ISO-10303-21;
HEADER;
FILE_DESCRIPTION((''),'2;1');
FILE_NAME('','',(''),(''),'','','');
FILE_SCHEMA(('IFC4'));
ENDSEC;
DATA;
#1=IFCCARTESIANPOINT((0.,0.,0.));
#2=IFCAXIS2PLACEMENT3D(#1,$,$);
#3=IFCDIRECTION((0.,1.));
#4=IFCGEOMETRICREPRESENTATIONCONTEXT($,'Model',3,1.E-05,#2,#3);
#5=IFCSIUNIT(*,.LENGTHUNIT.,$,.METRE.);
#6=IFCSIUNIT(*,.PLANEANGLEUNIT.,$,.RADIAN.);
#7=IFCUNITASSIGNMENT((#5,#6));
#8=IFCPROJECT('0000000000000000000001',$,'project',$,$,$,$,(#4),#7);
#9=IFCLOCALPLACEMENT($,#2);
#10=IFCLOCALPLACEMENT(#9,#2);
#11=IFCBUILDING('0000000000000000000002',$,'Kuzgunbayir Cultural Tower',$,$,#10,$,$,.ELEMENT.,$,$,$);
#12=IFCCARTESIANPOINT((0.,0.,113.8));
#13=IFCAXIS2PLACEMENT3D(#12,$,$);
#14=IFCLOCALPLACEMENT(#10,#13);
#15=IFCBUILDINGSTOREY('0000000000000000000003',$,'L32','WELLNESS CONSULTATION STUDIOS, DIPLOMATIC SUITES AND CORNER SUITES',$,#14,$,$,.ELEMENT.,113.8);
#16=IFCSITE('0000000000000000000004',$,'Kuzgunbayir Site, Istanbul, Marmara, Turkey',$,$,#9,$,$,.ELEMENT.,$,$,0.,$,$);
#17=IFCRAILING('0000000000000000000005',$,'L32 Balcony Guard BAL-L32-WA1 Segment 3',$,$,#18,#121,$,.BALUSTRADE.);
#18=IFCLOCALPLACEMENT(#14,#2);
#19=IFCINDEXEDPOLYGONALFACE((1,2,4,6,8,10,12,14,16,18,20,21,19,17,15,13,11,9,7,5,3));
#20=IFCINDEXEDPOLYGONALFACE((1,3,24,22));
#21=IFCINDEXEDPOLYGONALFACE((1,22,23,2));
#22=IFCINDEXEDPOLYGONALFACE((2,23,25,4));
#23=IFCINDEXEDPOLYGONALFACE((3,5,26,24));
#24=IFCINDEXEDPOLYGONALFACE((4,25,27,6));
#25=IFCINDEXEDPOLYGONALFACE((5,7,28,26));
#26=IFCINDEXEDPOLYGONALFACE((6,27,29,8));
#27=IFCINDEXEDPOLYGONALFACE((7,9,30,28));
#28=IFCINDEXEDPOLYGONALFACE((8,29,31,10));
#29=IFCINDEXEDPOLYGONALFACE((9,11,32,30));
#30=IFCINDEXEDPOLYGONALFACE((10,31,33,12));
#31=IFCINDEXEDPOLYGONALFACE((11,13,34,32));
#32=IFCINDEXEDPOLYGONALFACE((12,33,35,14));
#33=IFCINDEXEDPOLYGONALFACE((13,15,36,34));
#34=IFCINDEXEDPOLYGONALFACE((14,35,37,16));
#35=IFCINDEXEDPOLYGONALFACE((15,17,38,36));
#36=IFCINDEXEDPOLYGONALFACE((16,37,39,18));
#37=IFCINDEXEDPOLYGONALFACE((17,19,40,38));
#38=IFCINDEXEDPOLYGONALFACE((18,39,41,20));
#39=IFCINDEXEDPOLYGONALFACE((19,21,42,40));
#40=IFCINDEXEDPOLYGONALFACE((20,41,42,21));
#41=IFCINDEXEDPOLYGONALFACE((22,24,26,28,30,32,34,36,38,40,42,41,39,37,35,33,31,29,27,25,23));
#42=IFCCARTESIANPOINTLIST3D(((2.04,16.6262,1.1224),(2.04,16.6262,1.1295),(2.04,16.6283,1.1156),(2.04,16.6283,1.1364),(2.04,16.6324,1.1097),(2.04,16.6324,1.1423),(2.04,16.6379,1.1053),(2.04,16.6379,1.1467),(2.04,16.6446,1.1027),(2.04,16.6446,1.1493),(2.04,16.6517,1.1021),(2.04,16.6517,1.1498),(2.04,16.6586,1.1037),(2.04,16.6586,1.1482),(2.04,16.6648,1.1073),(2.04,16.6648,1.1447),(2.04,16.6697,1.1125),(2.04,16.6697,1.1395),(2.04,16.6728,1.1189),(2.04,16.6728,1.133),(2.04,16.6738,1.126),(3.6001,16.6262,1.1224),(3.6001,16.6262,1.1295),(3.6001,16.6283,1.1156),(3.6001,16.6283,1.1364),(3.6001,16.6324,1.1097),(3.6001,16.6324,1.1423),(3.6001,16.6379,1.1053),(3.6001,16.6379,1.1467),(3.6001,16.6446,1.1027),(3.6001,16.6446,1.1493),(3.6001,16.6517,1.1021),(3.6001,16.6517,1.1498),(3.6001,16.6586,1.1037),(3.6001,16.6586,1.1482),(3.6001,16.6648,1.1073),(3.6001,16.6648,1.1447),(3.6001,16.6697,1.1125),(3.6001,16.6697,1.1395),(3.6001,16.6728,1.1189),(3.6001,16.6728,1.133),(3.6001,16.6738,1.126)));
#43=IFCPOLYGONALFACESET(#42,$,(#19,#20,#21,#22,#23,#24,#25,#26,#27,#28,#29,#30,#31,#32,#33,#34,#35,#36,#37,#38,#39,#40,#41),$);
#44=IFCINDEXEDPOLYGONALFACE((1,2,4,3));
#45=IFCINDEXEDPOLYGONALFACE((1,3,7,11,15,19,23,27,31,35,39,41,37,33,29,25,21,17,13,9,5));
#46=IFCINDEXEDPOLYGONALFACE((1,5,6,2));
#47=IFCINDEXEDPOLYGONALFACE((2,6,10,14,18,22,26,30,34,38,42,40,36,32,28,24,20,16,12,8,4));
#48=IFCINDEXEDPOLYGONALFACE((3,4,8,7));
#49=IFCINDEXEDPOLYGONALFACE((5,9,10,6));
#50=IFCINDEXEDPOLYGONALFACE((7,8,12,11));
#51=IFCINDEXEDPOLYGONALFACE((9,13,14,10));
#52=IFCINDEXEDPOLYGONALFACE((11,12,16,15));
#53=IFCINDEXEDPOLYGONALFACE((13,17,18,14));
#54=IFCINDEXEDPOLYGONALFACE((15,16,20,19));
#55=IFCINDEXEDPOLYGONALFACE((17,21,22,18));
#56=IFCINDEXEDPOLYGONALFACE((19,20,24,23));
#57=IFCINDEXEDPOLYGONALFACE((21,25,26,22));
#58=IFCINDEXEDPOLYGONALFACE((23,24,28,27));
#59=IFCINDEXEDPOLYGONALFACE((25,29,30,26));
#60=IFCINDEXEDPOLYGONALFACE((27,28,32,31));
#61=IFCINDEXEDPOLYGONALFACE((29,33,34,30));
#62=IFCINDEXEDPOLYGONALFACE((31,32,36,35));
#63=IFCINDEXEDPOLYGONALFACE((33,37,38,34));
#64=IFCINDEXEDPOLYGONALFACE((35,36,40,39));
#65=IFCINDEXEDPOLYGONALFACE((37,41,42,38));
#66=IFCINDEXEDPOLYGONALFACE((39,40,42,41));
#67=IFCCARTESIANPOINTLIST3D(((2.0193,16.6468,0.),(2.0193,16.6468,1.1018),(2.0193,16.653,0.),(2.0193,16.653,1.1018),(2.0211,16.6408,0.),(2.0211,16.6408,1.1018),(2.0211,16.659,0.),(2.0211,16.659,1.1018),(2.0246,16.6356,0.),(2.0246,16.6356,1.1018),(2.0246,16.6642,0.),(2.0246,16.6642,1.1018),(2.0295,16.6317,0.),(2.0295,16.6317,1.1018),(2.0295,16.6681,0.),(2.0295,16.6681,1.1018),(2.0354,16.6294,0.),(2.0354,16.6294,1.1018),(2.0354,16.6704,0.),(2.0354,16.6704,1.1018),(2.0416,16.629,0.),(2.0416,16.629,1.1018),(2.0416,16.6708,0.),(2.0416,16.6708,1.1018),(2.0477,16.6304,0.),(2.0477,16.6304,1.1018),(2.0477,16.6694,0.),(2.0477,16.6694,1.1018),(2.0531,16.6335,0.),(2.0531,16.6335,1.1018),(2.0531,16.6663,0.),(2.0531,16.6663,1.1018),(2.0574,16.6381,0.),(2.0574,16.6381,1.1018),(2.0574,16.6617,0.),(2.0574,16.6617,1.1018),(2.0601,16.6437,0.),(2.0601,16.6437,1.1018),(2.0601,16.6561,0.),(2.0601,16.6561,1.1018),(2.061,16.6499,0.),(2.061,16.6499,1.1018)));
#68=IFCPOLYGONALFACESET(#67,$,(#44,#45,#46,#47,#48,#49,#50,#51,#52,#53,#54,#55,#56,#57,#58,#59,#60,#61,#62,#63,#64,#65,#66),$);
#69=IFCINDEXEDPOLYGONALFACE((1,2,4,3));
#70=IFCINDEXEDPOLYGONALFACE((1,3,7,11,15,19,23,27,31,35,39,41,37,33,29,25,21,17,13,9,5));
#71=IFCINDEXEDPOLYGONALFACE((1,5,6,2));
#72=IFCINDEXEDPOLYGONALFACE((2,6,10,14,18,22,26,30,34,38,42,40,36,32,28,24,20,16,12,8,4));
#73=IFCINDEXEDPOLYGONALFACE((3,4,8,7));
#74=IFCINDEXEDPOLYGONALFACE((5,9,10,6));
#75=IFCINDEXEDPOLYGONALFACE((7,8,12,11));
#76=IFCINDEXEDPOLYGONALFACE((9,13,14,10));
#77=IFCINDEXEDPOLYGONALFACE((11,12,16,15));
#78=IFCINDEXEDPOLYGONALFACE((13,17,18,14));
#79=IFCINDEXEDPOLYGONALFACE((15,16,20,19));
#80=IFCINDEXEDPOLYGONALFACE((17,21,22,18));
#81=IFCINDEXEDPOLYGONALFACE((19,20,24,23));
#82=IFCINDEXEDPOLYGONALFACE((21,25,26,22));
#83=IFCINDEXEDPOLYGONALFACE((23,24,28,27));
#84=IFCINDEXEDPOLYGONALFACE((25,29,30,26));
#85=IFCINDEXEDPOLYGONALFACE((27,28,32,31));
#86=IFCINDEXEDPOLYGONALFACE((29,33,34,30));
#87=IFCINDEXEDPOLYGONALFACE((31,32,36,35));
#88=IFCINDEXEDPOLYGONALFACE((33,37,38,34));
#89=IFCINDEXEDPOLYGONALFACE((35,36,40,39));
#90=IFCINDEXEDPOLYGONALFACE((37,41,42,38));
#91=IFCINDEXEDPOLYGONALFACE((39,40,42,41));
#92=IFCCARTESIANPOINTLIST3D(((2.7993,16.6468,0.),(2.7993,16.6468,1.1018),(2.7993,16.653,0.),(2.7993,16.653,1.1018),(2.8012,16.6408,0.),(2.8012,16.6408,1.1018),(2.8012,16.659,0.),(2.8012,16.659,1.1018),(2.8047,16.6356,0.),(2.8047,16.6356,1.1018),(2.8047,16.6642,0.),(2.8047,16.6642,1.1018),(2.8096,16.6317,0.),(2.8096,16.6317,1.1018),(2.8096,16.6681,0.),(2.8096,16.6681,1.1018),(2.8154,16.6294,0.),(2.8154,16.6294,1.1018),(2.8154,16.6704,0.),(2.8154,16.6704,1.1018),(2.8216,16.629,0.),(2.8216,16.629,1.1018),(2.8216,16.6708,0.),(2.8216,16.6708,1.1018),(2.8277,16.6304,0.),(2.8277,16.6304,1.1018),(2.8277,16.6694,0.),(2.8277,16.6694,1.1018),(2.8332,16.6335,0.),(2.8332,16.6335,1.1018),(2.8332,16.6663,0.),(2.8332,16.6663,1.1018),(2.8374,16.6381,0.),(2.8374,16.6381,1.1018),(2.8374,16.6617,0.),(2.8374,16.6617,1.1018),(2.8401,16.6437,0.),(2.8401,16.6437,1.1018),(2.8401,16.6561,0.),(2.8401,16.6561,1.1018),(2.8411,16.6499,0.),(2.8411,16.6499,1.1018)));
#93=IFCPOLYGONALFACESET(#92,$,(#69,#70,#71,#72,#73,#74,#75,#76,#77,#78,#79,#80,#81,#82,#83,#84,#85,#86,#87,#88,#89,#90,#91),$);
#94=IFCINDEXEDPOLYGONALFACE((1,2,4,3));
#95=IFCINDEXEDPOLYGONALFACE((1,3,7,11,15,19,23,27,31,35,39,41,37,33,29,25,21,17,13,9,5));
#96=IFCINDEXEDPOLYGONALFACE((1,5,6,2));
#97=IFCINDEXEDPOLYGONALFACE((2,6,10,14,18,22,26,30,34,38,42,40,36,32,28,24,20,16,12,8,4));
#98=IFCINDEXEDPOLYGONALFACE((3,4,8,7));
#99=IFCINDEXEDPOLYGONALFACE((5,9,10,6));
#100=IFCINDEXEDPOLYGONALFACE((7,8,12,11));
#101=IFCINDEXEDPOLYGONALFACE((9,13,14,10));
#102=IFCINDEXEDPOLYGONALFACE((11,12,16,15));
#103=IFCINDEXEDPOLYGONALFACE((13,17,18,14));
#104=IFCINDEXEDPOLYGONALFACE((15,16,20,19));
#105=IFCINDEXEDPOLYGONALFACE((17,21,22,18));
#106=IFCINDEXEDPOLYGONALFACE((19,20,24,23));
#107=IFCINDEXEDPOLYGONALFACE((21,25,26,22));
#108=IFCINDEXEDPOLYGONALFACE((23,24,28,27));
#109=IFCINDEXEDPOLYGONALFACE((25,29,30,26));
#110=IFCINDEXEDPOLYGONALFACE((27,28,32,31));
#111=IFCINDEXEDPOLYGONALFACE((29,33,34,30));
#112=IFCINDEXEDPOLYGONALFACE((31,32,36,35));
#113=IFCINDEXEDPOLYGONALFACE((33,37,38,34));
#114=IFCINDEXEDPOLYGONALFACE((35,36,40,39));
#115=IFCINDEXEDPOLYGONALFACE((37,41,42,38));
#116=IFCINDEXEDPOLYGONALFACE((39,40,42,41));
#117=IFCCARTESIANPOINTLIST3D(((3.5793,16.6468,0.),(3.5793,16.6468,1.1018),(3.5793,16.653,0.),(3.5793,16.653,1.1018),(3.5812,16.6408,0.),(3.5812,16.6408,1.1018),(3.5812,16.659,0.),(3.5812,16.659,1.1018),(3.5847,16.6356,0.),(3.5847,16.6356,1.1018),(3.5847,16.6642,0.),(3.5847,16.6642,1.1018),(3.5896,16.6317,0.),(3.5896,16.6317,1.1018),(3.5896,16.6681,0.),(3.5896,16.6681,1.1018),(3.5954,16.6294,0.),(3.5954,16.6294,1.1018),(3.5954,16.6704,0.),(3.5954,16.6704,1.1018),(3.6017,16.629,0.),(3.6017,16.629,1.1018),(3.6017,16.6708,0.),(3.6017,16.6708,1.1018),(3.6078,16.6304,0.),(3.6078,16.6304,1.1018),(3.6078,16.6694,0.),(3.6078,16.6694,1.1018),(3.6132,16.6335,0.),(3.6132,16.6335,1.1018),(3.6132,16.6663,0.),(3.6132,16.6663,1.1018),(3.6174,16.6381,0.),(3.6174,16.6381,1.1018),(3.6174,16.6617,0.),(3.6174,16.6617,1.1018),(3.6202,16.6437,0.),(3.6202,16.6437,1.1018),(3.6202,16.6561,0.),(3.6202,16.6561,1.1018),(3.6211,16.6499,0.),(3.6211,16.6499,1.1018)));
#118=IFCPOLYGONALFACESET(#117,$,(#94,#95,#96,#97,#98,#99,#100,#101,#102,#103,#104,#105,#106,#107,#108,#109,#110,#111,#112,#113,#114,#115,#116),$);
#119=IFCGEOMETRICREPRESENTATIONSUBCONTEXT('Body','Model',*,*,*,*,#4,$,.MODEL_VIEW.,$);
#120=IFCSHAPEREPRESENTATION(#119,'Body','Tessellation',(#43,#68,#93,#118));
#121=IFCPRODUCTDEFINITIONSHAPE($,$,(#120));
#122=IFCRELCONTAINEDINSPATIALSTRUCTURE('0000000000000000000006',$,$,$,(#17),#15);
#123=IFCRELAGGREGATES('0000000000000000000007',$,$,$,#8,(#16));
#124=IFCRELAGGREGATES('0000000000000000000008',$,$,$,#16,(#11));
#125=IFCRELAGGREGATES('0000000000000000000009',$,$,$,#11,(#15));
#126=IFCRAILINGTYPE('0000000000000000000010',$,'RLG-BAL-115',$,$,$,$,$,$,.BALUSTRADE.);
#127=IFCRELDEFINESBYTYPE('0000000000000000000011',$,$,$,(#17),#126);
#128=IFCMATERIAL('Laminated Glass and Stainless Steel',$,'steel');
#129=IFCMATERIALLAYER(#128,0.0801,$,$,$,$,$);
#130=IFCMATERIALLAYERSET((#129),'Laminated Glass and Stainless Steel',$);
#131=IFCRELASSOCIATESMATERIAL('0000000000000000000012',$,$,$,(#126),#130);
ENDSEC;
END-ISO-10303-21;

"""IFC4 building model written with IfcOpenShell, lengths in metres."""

from ifc_helpers import new_model, si_unit, direction, frame, origin, origin_2d, place, context, subcontext, project, spatial, circle, extrude, material, layer, layer_set, type_object, element, save


model = new_model("IFC4")

# Units and contexts
model_context = context("Model", 3, precision=1e-05, world=origin(), true_north=direction((0.0, 1.0)))
body_context = subcontext(model_context, "Body", "Model", "MODEL_VIEW")
ifc_project = project(units=[si_unit("LENGTHUNIT", "METRE"), si_unit("PLANEANGLEUNIT", "RADIAN")], contexts=[model_context])

# Site, building, storey
site_placement = place(None, origin())
site = spatial("IfcSite", under=ifc_project, at=site_placement, Name="Kuzgunbayir Site, Istanbul, Marmara, Turkey", CompositionType="ELEMENT", RefElevation=0.0)
building_placement = place(site_placement, origin())
building = spatial("IfcBuilding", under=site, at=building_placement, Name="Kuzgunbayir Cultural Tower", CompositionType="ELEMENT")
storey_placement = place(building_placement, frame((0.0, 0.0, 113.8)))
storey = spatial("IfcBuildingStorey", under=building, at=storey_placement, Name="L32", Description="WELLNESS CONSULTATION STUDIOS, DIPLOMATIC SUITES AND CORNER SUITES", CompositionType="ELEMENT", Elevation=113.8)

# Railing
ifc_material_1 = material(Name="Laminated Glass and Stainless Steel", Category="steel")
ifc_layer_1 = layer(ifc_material_1, 0.0801)
ifc_layer_set_1 = layer_set([ifc_layer_1], Name="Laminated Glass and Stainless Steel")
railing_type = type_object("IfcRailingType", Name="RLG-BAL-115", PredefinedType="BALUSTRADE", material=ifc_layer_set_1)
railing_1_placement = place(storey_placement, frame((2.04, 16.6499, 0.0)))
element("IfcRailing", 1, at=railing_1_placement, inside=storey, type_object=railing_type, Name="L32 Balcony Guard BAL-L32-WA1 Segment 3", PredefinedType="BALUSTRADE", context=body_context, shape_type="SweptSolid", body=[
    extrude(circle(Radius=0.0239, at=origin_2d()), frame((0.0, 0.0, 1.126), z_axis=(1.0, 0.0, 0.0), x_axis=(0.0, 1.0, 0.0)), (0.0, 0.0, 1.0), 1.5601),
    extrude(circle(Radius=0.021, at=origin_2d()), origin(), (0.0, 0.0, 1.0), 1.1018),
    extrude(circle(Radius=0.021, at=origin_2d()), frame((0.78, 0.0, 0.0)), (0.0, 0.0, 1.0), 1.1018),
    extrude(circle(Radius=0.021, at=origin_2d()), frame((1.5601, 0.0, 0.0)), (0.0, 0.0, 1.0), 1.1018),
])

save(model, "model.ifc")
